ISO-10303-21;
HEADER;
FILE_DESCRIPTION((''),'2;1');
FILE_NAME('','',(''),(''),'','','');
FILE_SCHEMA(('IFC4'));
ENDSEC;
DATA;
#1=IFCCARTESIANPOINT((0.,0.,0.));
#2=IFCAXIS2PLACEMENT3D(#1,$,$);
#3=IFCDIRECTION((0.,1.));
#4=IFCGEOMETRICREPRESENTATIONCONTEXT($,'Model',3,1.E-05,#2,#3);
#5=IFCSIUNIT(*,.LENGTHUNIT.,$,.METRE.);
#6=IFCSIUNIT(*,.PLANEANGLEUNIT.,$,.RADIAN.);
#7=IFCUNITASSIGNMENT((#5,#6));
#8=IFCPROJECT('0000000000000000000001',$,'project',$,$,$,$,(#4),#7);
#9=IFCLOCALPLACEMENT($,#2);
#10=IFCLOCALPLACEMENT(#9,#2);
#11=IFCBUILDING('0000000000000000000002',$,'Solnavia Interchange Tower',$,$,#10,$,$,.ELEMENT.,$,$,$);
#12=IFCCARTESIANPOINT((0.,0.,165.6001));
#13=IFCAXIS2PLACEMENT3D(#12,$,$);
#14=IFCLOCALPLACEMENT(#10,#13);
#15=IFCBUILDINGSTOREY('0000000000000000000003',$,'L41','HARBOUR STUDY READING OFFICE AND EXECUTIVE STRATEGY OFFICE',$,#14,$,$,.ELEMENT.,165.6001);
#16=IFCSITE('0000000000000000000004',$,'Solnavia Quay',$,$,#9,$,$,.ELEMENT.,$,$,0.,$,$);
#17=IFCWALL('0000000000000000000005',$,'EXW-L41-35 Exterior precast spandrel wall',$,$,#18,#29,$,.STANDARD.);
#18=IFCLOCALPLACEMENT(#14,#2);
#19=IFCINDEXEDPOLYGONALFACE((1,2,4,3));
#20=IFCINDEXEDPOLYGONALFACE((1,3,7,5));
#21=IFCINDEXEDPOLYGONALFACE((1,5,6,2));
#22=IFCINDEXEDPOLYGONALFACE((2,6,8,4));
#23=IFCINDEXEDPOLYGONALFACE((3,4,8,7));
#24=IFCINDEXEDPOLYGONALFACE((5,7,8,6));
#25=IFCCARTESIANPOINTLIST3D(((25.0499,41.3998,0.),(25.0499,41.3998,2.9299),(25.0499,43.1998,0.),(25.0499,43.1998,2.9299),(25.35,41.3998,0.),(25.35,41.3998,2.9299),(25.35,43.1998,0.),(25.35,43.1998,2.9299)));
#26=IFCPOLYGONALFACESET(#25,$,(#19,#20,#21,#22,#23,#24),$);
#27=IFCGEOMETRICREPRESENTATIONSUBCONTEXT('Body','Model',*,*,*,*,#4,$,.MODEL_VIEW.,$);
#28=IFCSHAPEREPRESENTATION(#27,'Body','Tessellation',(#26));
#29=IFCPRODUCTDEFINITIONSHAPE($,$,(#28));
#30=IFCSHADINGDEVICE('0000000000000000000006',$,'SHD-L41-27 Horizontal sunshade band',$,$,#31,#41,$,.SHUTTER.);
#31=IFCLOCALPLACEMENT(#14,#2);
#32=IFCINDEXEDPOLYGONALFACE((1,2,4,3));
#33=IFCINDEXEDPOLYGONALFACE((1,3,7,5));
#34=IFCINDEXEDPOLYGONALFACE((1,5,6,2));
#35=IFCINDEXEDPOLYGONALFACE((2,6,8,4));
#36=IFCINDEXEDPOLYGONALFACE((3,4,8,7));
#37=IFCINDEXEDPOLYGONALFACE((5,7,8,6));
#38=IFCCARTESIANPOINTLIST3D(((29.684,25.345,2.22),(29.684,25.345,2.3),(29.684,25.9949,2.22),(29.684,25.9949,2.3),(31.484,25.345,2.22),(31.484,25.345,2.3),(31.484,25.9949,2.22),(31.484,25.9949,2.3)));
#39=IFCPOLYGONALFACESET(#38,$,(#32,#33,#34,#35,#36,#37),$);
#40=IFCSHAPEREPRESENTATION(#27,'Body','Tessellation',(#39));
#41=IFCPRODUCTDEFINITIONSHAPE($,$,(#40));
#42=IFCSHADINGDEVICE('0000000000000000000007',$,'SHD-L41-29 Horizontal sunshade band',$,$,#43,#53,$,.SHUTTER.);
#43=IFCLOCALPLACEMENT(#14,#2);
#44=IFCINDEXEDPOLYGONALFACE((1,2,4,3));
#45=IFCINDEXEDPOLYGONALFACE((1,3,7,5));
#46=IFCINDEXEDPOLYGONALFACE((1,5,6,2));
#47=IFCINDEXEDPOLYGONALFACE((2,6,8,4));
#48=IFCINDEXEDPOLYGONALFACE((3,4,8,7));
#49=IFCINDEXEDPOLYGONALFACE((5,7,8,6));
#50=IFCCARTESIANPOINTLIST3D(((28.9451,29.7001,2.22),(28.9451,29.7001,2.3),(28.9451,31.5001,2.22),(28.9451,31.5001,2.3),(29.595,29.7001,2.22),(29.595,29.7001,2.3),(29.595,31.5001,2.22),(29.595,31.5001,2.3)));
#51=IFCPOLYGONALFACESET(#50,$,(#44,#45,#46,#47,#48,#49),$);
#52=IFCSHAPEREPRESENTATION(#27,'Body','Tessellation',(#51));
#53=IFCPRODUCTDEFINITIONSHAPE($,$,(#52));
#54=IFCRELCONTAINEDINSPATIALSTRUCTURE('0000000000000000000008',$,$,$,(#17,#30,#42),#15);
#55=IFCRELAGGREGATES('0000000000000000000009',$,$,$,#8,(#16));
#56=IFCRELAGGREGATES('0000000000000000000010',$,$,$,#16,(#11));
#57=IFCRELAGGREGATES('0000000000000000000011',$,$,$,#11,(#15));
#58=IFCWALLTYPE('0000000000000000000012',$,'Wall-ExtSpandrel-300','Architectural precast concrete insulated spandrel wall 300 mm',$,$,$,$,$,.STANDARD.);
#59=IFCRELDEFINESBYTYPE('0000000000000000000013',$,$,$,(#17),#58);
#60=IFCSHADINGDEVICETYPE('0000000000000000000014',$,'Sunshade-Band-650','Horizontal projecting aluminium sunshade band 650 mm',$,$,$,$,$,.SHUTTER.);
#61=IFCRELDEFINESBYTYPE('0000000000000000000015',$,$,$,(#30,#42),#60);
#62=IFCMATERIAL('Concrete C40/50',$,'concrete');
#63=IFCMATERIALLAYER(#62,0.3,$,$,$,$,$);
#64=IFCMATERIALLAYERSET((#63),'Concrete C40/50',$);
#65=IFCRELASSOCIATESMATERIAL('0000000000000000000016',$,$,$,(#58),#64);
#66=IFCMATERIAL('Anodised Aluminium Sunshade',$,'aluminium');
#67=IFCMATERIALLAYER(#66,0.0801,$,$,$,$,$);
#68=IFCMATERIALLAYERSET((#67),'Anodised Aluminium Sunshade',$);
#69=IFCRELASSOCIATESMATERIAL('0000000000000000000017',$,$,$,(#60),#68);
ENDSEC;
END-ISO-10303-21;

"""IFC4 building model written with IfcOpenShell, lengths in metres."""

from ifc_helpers import new_model, si_unit, direction, frame, frame_2d, origin, origin_2d, place, context, subcontext, project, spatial, rectangle, extrude, material, layer, layer_set, type_object, element, save


model = new_model("IFC4")

# Units and contexts
model_context = context("Model", 3, precision=1e-05, world=origin(), true_north=direction((0.0, 1.0)))
body_context = subcontext(model_context, "Body", "Model", "MODEL_VIEW")
ifc_project = project(units=[si_unit("LENGTHUNIT", "METRE"), si_unit("PLANEANGLEUNIT", "RADIAN")], contexts=[model_context])

# Site, building, storey
site_placement = place(None, origin())
site = spatial("IfcSite", under=ifc_project, at=site_placement, Name="Solnavia Quay", CompositionType="ELEMENT", RefElevation=0.0)
building_placement = place(site_placement, origin())
building = spatial("IfcBuilding", under=site, at=building_placement, Name="Solnavia Interchange Tower", CompositionType="ELEMENT")
storey_placement = place(building_placement, frame((0.0, 0.0, 165.6001)))
storey = spatial("IfcBuildingStorey", under=building, at=storey_placement, Name="L41", Description="HARBOUR STUDY READING OFFICE AND EXECUTIVE STRATEGY OFFICE", CompositionType="ELEMENT", Elevation=165.6001)

# Shared definitions
ifc_material_1 = material(Name="Concrete C40/50", Category="concrete")
ifc_layer_1 = layer(ifc_material_1, 0.3)
ifc_layer_set_1 = layer_set([ifc_layer_1], Name="Concrete C40/50")
wall_type = type_object("IfcWallType", Name="Wall-ExtSpandrel-300", Description="Architectural precast concrete insulated spandrel wall 300 mm", PredefinedType="STANDARD", material=ifc_layer_set_1)

# Wall
wall_1_placement = place(storey_placement, frame((25.2, 41.3999, 0.0), z_axis=(0.0, 0.0, 1.0), x_axis=(0.0, 1.0, 0.0)))
element("IfcWall", 1, at=wall_1_placement, inside=storey, type_object=wall_type, Name="EXW-L41-35 Exterior precast spandrel wall", PredefinedType="STANDARD", context=body_context, shape_type="SweptSolid", body=[
    extrude(rectangle(XDim=1.8, YDim=0.3, at=frame_2d((0.8999, 0.0))), origin(), (0.0, 0.0, 1.0), 2.9299),
])

# Shading devices
ifc_material_2 = material(Name="Anodised Aluminium Sunshade", Category="aluminium")
ifc_layer_2 = layer(ifc_material_2, 0.0801)
ifc_layer_set_2 = layer_set([ifc_layer_2], Name="Anodised Aluminium Sunshade")
shading_device_type = type_object("IfcShadingDeviceType", Name="Sunshade-Band-650", Description="Horizontal projecting aluminium sunshade band 650 mm", PredefinedType="SHUTTER", material=ifc_layer_set_2)
for number, where, z_axis, x_axis, name in (
    (2, (30.584, 25.6699, 2.22), (0.0, 0.0, 1.0), (1.0, 0.0, 0.0), "SHD-L41-27 Horizontal sunshade band"),
    (3, (29.27, 30.6001, 2.22), (0.0, 0.0, 1.0), (0.0, -1.0, 0.0), "SHD-L41-29 Horizontal sunshade band"),
):
    element("IfcShadingDevice", number, at=place(storey_placement, frame(where, z_axis=z_axis, x_axis=x_axis)), inside=storey, type_object=shading_device_type, Name=name, PredefinedType="SHUTTER", context=body_context, shape_type="SweptSolid", body=[
        extrude(rectangle(XDim=1.8, YDim=0.6499, at=origin_2d()), origin(), (0.0, 0.0, 1.0), 0.0801),
    ])

save(model, "model.ifc")
